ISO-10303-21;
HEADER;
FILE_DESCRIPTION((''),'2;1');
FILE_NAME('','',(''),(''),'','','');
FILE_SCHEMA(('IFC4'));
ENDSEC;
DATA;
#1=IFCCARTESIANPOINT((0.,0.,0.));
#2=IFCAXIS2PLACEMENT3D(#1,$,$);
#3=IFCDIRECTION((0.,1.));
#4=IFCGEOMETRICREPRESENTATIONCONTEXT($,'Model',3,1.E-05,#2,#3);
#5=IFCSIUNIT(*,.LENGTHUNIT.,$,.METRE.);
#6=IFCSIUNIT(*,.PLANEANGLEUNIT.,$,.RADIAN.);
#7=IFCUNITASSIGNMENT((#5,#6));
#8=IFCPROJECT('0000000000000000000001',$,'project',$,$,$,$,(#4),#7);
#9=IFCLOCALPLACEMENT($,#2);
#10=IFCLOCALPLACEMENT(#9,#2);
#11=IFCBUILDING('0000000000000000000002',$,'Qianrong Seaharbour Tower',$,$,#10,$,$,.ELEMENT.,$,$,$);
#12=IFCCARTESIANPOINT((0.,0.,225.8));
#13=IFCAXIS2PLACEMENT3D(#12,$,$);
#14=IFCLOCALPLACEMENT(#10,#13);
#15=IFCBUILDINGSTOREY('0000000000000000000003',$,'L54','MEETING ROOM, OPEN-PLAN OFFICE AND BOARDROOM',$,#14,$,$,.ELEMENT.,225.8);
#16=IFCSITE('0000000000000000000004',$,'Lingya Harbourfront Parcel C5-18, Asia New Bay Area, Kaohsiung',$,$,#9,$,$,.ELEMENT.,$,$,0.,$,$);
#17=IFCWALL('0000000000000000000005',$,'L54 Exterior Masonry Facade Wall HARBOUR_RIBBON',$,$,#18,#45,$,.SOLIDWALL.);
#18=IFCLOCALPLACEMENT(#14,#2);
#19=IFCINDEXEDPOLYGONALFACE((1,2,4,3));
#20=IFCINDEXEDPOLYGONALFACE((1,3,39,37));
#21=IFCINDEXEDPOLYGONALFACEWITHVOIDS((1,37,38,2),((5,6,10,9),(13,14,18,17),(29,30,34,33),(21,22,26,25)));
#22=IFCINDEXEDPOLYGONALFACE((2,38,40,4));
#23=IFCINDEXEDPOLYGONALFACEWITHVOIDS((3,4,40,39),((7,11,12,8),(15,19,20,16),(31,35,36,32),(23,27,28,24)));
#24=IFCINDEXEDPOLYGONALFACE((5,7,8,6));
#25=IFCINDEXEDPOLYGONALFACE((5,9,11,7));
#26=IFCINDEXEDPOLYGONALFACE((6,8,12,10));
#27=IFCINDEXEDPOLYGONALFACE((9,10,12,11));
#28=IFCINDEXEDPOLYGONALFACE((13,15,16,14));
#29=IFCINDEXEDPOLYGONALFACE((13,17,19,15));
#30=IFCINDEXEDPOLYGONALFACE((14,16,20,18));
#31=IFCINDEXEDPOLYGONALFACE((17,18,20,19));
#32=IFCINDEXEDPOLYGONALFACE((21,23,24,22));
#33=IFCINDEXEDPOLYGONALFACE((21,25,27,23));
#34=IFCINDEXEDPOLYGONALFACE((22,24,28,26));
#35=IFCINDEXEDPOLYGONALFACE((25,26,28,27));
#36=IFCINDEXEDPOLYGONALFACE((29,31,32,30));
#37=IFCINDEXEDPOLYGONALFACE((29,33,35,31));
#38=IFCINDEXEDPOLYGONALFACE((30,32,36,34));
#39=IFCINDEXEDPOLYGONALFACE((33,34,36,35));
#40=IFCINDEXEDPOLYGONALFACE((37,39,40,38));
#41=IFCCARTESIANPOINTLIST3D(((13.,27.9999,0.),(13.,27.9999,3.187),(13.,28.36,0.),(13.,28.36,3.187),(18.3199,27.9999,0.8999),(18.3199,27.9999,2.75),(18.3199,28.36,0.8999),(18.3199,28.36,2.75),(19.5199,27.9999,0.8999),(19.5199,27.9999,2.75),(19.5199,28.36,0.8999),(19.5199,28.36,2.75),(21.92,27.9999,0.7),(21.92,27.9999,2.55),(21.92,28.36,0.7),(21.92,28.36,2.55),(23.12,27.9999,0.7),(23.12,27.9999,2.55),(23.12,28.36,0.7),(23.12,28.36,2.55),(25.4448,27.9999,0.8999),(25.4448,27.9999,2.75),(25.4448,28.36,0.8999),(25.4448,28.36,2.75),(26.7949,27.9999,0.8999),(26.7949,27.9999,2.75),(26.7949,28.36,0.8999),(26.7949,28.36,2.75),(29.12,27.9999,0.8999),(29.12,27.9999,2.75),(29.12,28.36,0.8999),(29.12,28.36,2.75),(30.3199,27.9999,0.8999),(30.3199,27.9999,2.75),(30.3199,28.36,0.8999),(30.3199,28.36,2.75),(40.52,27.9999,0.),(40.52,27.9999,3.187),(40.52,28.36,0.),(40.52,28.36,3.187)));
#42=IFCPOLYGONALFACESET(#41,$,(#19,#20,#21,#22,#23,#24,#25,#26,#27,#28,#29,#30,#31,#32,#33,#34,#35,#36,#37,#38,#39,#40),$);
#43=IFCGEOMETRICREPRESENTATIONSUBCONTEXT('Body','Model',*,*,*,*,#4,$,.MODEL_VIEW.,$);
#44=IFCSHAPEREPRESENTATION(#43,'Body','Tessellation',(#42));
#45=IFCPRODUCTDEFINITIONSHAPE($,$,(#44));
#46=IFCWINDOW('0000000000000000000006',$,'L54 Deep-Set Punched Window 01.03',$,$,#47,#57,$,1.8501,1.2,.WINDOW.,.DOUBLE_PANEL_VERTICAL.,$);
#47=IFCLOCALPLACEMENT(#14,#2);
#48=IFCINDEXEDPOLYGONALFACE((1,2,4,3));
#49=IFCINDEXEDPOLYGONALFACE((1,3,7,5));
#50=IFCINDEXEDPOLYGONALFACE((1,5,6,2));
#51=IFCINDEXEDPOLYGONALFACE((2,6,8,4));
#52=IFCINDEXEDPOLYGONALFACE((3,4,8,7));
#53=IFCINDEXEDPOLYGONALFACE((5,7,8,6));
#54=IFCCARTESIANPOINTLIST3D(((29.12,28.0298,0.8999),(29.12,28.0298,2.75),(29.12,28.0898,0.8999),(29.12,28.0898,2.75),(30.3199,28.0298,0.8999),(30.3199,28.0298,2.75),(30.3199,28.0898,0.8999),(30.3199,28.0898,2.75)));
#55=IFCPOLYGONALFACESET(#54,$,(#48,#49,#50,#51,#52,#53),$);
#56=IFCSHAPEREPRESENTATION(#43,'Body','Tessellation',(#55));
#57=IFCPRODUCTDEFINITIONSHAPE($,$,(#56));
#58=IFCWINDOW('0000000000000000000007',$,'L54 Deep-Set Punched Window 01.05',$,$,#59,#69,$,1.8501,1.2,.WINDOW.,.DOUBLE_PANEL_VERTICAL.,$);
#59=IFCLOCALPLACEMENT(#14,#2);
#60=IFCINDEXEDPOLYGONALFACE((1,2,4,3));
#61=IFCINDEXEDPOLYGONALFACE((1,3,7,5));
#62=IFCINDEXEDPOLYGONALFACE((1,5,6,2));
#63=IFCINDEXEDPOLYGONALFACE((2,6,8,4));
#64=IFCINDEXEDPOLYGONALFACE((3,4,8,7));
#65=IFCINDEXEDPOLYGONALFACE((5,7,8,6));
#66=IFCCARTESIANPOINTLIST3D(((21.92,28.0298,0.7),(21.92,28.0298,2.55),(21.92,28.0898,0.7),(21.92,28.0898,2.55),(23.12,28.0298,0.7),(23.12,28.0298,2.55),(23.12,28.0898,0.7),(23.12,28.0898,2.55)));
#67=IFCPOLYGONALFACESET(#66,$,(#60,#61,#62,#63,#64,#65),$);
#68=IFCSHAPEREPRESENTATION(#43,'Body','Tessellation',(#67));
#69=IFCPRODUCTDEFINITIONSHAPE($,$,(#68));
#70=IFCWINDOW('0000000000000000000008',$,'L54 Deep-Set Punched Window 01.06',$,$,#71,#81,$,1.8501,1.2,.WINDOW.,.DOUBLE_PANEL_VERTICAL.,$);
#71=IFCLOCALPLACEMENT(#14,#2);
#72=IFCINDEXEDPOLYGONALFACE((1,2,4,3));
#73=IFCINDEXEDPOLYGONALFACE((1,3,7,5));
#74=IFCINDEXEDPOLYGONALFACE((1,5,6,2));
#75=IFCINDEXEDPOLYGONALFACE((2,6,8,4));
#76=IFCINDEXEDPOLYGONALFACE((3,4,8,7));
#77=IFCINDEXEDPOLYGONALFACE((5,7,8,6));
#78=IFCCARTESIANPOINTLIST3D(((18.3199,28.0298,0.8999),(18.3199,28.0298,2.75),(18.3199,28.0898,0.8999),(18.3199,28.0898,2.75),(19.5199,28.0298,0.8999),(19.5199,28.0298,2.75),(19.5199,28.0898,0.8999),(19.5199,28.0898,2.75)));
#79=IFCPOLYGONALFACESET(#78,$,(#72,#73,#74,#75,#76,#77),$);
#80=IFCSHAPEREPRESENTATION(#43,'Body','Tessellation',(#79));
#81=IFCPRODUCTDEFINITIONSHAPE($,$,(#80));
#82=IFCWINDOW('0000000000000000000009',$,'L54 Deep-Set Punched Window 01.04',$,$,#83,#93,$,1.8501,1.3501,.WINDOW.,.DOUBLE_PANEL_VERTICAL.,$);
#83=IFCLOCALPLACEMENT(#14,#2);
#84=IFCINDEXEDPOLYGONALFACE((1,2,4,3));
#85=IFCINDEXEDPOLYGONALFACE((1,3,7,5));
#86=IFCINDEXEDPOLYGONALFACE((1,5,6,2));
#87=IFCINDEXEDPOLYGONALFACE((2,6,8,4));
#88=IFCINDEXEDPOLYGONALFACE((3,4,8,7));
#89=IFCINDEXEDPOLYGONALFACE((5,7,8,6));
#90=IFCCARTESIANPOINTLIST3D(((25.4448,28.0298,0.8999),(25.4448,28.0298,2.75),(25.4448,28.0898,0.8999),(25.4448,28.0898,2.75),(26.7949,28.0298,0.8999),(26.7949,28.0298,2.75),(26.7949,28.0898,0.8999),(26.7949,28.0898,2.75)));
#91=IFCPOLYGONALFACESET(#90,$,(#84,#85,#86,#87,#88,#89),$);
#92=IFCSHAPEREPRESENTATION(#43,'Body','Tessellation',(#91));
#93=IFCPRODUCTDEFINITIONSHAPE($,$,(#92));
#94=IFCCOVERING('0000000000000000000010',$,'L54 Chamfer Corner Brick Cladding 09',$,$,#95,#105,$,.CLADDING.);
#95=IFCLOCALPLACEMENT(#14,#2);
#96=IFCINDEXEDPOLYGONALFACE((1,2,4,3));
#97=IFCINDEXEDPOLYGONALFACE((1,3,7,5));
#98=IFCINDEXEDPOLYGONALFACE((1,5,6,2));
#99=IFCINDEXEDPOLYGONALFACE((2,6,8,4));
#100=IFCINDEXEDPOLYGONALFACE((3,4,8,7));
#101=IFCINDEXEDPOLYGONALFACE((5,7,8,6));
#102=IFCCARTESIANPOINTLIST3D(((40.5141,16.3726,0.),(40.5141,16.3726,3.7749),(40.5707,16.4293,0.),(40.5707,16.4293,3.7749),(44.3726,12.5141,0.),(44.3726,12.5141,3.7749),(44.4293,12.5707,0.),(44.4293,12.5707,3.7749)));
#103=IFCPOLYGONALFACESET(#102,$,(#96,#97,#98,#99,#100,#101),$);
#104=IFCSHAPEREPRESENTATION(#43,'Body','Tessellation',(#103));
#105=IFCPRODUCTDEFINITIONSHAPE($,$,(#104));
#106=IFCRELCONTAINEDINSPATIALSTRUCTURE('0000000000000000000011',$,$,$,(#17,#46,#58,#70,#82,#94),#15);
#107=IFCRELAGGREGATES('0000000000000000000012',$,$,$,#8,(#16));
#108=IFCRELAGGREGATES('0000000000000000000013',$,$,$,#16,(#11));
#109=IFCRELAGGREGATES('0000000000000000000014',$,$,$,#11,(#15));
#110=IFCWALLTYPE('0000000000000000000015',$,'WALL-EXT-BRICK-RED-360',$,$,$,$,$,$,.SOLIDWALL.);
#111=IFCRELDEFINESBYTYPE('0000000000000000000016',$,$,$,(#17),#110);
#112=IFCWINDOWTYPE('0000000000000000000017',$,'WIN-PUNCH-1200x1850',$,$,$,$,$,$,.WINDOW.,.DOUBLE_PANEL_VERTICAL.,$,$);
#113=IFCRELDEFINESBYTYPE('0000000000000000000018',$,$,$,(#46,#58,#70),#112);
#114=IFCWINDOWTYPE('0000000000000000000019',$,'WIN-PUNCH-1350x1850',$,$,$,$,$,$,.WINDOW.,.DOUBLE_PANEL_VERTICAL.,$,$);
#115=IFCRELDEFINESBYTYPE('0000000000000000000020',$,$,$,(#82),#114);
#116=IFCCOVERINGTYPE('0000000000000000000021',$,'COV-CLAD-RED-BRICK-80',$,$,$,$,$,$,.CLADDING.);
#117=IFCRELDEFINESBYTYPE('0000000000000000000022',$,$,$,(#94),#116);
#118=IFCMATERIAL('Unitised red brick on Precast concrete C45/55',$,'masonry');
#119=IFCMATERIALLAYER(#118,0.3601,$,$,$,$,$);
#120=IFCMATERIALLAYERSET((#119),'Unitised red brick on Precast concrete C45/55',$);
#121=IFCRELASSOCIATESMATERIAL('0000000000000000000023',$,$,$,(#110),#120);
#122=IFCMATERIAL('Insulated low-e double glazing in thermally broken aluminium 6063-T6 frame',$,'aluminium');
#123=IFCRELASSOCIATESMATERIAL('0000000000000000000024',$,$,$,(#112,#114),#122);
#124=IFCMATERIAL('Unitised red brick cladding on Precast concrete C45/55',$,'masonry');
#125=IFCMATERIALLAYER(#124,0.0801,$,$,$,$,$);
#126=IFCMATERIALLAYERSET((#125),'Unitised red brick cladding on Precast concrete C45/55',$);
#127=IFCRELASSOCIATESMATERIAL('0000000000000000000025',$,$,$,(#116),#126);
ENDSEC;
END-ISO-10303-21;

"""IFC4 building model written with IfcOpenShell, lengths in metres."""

from ifc_helpers import new_model, si_unit, direction, frame, frame_2d, origin, origin_2d, place, context, subcontext, project, spatial, rectangle, extrude, material, layer, layer_set, type_object, element, fill, save


model = new_model("IFC4")

# Units and contexts
model_context = context("Model", 3, precision=1e-05, world=origin(), true_north=direction((0.0, 1.0)))
body_context = subcontext(model_context, "Body", "Model", "MODEL_VIEW")
ifc_project = project(units=[si_unit("LENGTHUNIT", "METRE"), si_unit("PLANEANGLEUNIT", "RADIAN")], contexts=[model_context])

# Site, building, storey
site_placement = place(None, origin())
site = spatial("IfcSite", under=ifc_project, at=site_placement, Name="Lingya Harbourfront Parcel C5-18, Asia New Bay Area, Kaohsiung", CompositionType="ELEMENT", RefElevation=0.0)
building_placement = place(site_placement, origin())
building = spatial("IfcBuilding", under=site, at=building_placement, Name="Qianrong Seaharbour Tower", CompositionType="ELEMENT")
storey_placement = place(building_placement, frame((0.0, 0.0, 225.8)))
storey = spatial("IfcBuildingStorey", under=building, at=storey_placement, Name="L54", Description="MEETING ROOM, OPEN-PLAN OFFICE AND BOARDROOM", CompositionType="ELEMENT", Elevation=225.8)

# Wall, openings, windows
ifc_material_1 = material(Name="Unitised red brick on Precast concrete C45/55", Category="masonry")
ifc_layer_1 = layer(ifc_material_1, 0.3601)
ifc_layer_set_1 = layer_set([ifc_layer_1], Name="Unitised red brick on Precast concrete C45/55")
wall_type_1 = type_object("IfcWallType", Name="WALL-EXT-BRICK-RED-360", PredefinedType="SOLIDWALL", material=ifc_layer_set_1)
ifc_material_2 = material(Name="Insulated low-e double glazing in thermally broken aluminium 6063-T6 frame", Category="aluminium")
window_type_1 = type_object("IfcWindowType", Name="WIN-PUNCH-1200x1850", PartitioningType="DOUBLE_PANEL_VERTICAL", PredefinedType="WINDOW", material=ifc_material_2)
window_type_2 = type_object("IfcWindowType", Name="WIN-PUNCH-1350x1850", PartitioningType="DOUBLE_PANEL_VERTICAL", PredefinedType="WINDOW", material=ifc_material_2)
wall_1_placement = place(storey_placement, frame((40.52, 28.1799, 0.0), z_axis=(0.0, 0.0, 1.0), x_axis=(-1.0, 0.0, 0.0)))
wall_1 = element("IfcWall", 1, at=wall_1_placement, inside=storey, type_object=wall_type_1, Name="L54 Exterior Masonry Facade Wall HARBOUR_RIBBON", PredefinedType="SOLIDWALL", context=body_context, shape_type="SweptSolid", body=[
    extrude(rectangle(XDim=27.52, YDim=0.3601, at=frame_2d((13.76, 0.0))), origin(), (0.0, 0.0, 1.0), 3.187),
])
opening_1_placement = place(wall_1_placement, frame((10.2, 0.0, 0.8999)))
opening_1 = element("IfcOpeningElement", 2, at=opening_1_placement, cuts=wall_1, PredefinedType="OPENING", context=body_context, shape_type="SweptSolid", body=[
    extrude(rectangle(XDim=1.2, YDim=1.8501, at=frame_2d((0.6001, 0.925))), frame((0.0, 0.1899, 0.0), z_axis=(0.0, -1.0, 0.0), x_axis=(1.0, 0.0, 0.0)), (0.0, 0.0, 1.0), 0.3801),
])
opening_2_placement = place(wall_1_placement, frame((13.7251, 0.0, 0.8999)))
opening_2 = element("IfcOpeningElement", 3, at=opening_2_placement, cuts=wall_1, PredefinedType="OPENING", context=body_context, shape_type="SweptSolid", body=[
    extrude(rectangle(XDim=1.3501, YDim=1.8501, at=frame_2d((0.675, 0.925))), frame((0.0, 0.1899, 0.0), z_axis=(0.0, -1.0, 0.0), x_axis=(1.0, 0.0, 0.0)), (0.0, 0.0, 1.0), 0.3801),
])
opening_3_placement = place(wall_1_placement, frame((17.3999, 0.0, 0.7)))
opening_3 = element("IfcOpeningElement", 4, at=opening_3_placement, cuts=wall_1, PredefinedType="OPENING", context=body_context, shape_type="SweptSolid", body=[
    extrude(rectangle(XDim=1.2, YDim=1.8501, at=frame_2d((0.6001, 0.925))), frame((0.0, 0.1899, 0.0), z_axis=(0.0, -1.0, 0.0), x_axis=(1.0, 0.0, 0.0)), (0.0, 0.0, 1.0), 0.3801),
])
opening_4_placement = place(wall_1_placement, frame((21.0, 0.0, 0.8999)))
opening_4 = element("IfcOpeningElement", 5, at=opening_4_placement, cuts=wall_1, PredefinedType="OPENING", context=body_context, shape_type="SweptSolid", body=[
    extrude(rectangle(XDim=1.2, YDim=1.8501, at=frame_2d((0.6001, 0.925))), frame((0.0, 0.1899, 0.0), z_axis=(0.0, -1.0, 0.0), x_axis=(1.0, 0.0, 0.0)), (0.0, 0.0, 1.0), 0.3801),
])
window_1_placement = place(opening_1_placement, origin())
window_1 = element("IfcWindow", 6, at=window_1_placement, inside=storey, type_object=window_type_1, Name="L54 Deep-Set Punched Window 01.03", OverallHeight=1.8501, OverallWidth=1.2, PartitioningType="DOUBLE_PANEL_VERTICAL", PredefinedType="WINDOW", context=body_context, shape_type="SweptSolid", body=[
    extrude(rectangle(XDim=1.2, YDim=1.8501, at=frame_2d((0.6001, 0.925))), frame((0.0, 0.1501, 0.0), z_axis=(0.0, -1.0, 0.0), x_axis=(1.0, 0.0, 0.0)), (0.0, 0.0, 1.0), 0.0601),
])
fill(opening_1, window_1)
window_2_placement = place(opening_3_placement, origin())
window_2 = element("IfcWindow", 7, at=window_2_placement, inside=storey, type_object=window_type_1, Name="L54 Deep-Set Punched Window 01.05", OverallHeight=1.8501, OverallWidth=1.2, PartitioningType="DOUBLE_PANEL_VERTICAL", PredefinedType="WINDOW", context=body_context, shape_type="SweptSolid", body=[
    extrude(rectangle(XDim=1.2, YDim=1.8501, at=frame_2d((0.6001, 0.925))), frame((0.0, 0.1501, 0.0), z_axis=(0.0, -1.0, 0.0), x_axis=(1.0, 0.0, 0.0)), (0.0, 0.0, 1.0), 0.0601),
])
fill(opening_3, window_2)
window_3_placement = place(opening_4_placement, origin())
window_3 = element("IfcWindow", 8, at=window_3_placement, inside=storey, type_object=window_type_1, Name="L54 Deep-Set Punched Window 01.06", OverallHeight=1.8501, OverallWidth=1.2, PartitioningType="DOUBLE_PANEL_VERTICAL", PredefinedType="WINDOW", context=body_context, shape_type="SweptSolid", body=[
    extrude(rectangle(XDim=1.2, YDim=1.8501, at=frame_2d((0.6001, 0.925))), frame((0.0, 0.1501, 0.0), z_axis=(0.0, -1.0, 0.0), x_axis=(1.0, 0.0, 0.0)), (0.0, 0.0, 1.0), 0.0601),
])
fill(opening_4, window_3)
window_4_placement = place(opening_2_placement, origin())
window_4 = element("IfcWindow", 9, at=window_4_placement, inside=storey, type_object=window_type_2, Name="L54 Deep-Set Punched Window 01.04", OverallHeight=1.8501, OverallWidth=1.3501, PartitioningType="DOUBLE_PANEL_VERTICAL", PredefinedType="WINDOW", context=body_context, shape_type="SweptSolid", body=[
    extrude(rectangle(XDim=1.3501, YDim=1.8501, at=frame_2d((0.675, 0.925))), frame((0.0, 0.1501, 0.0), z_axis=(0.0, -1.0, 0.0), x_axis=(1.0, 0.0, 0.0)), (0.0, 0.0, 1.0), 0.0601),
])
fill(opening_2, window_4)

# Covering
ifc_material_3 = material(Name="Unitised red brick cladding on Precast concrete C45/55", Category="masonry")
ifc_layer_2 = layer(ifc_material_3, 0.0801)
ifc_layer_set_2 = layer_set([ifc_layer_2], Name="Unitised red brick cladding on Precast concrete C45/55")
covering_type = type_object("IfcCoveringType", Name="COV-CLAD-RED-BRICK-80", PredefinedType="CLADDING", material=ifc_layer_set_2)
covering_placement = place(storey_placement, frame((42.4717, 14.4717, 0.0), z_axis=(0.0, 0.0, 1.0), x_axis=(-0.707107, 0.707107, 0.0)))
element("IfcCovering", 10, at=covering_placement, inside=storey, type_object=covering_type, Name="L54 Chamfer Corner Brick Cladding 09", PredefinedType="CLADDING", context=body_context, shape_type="SweptSolid", body=[
    extrude(rectangle(XDim=5.4568, YDim=0.0801, at=origin_2d()), origin(), (0.0, 0.0, 1.0), 3.7749),
])

save(model, "model.ifc")
